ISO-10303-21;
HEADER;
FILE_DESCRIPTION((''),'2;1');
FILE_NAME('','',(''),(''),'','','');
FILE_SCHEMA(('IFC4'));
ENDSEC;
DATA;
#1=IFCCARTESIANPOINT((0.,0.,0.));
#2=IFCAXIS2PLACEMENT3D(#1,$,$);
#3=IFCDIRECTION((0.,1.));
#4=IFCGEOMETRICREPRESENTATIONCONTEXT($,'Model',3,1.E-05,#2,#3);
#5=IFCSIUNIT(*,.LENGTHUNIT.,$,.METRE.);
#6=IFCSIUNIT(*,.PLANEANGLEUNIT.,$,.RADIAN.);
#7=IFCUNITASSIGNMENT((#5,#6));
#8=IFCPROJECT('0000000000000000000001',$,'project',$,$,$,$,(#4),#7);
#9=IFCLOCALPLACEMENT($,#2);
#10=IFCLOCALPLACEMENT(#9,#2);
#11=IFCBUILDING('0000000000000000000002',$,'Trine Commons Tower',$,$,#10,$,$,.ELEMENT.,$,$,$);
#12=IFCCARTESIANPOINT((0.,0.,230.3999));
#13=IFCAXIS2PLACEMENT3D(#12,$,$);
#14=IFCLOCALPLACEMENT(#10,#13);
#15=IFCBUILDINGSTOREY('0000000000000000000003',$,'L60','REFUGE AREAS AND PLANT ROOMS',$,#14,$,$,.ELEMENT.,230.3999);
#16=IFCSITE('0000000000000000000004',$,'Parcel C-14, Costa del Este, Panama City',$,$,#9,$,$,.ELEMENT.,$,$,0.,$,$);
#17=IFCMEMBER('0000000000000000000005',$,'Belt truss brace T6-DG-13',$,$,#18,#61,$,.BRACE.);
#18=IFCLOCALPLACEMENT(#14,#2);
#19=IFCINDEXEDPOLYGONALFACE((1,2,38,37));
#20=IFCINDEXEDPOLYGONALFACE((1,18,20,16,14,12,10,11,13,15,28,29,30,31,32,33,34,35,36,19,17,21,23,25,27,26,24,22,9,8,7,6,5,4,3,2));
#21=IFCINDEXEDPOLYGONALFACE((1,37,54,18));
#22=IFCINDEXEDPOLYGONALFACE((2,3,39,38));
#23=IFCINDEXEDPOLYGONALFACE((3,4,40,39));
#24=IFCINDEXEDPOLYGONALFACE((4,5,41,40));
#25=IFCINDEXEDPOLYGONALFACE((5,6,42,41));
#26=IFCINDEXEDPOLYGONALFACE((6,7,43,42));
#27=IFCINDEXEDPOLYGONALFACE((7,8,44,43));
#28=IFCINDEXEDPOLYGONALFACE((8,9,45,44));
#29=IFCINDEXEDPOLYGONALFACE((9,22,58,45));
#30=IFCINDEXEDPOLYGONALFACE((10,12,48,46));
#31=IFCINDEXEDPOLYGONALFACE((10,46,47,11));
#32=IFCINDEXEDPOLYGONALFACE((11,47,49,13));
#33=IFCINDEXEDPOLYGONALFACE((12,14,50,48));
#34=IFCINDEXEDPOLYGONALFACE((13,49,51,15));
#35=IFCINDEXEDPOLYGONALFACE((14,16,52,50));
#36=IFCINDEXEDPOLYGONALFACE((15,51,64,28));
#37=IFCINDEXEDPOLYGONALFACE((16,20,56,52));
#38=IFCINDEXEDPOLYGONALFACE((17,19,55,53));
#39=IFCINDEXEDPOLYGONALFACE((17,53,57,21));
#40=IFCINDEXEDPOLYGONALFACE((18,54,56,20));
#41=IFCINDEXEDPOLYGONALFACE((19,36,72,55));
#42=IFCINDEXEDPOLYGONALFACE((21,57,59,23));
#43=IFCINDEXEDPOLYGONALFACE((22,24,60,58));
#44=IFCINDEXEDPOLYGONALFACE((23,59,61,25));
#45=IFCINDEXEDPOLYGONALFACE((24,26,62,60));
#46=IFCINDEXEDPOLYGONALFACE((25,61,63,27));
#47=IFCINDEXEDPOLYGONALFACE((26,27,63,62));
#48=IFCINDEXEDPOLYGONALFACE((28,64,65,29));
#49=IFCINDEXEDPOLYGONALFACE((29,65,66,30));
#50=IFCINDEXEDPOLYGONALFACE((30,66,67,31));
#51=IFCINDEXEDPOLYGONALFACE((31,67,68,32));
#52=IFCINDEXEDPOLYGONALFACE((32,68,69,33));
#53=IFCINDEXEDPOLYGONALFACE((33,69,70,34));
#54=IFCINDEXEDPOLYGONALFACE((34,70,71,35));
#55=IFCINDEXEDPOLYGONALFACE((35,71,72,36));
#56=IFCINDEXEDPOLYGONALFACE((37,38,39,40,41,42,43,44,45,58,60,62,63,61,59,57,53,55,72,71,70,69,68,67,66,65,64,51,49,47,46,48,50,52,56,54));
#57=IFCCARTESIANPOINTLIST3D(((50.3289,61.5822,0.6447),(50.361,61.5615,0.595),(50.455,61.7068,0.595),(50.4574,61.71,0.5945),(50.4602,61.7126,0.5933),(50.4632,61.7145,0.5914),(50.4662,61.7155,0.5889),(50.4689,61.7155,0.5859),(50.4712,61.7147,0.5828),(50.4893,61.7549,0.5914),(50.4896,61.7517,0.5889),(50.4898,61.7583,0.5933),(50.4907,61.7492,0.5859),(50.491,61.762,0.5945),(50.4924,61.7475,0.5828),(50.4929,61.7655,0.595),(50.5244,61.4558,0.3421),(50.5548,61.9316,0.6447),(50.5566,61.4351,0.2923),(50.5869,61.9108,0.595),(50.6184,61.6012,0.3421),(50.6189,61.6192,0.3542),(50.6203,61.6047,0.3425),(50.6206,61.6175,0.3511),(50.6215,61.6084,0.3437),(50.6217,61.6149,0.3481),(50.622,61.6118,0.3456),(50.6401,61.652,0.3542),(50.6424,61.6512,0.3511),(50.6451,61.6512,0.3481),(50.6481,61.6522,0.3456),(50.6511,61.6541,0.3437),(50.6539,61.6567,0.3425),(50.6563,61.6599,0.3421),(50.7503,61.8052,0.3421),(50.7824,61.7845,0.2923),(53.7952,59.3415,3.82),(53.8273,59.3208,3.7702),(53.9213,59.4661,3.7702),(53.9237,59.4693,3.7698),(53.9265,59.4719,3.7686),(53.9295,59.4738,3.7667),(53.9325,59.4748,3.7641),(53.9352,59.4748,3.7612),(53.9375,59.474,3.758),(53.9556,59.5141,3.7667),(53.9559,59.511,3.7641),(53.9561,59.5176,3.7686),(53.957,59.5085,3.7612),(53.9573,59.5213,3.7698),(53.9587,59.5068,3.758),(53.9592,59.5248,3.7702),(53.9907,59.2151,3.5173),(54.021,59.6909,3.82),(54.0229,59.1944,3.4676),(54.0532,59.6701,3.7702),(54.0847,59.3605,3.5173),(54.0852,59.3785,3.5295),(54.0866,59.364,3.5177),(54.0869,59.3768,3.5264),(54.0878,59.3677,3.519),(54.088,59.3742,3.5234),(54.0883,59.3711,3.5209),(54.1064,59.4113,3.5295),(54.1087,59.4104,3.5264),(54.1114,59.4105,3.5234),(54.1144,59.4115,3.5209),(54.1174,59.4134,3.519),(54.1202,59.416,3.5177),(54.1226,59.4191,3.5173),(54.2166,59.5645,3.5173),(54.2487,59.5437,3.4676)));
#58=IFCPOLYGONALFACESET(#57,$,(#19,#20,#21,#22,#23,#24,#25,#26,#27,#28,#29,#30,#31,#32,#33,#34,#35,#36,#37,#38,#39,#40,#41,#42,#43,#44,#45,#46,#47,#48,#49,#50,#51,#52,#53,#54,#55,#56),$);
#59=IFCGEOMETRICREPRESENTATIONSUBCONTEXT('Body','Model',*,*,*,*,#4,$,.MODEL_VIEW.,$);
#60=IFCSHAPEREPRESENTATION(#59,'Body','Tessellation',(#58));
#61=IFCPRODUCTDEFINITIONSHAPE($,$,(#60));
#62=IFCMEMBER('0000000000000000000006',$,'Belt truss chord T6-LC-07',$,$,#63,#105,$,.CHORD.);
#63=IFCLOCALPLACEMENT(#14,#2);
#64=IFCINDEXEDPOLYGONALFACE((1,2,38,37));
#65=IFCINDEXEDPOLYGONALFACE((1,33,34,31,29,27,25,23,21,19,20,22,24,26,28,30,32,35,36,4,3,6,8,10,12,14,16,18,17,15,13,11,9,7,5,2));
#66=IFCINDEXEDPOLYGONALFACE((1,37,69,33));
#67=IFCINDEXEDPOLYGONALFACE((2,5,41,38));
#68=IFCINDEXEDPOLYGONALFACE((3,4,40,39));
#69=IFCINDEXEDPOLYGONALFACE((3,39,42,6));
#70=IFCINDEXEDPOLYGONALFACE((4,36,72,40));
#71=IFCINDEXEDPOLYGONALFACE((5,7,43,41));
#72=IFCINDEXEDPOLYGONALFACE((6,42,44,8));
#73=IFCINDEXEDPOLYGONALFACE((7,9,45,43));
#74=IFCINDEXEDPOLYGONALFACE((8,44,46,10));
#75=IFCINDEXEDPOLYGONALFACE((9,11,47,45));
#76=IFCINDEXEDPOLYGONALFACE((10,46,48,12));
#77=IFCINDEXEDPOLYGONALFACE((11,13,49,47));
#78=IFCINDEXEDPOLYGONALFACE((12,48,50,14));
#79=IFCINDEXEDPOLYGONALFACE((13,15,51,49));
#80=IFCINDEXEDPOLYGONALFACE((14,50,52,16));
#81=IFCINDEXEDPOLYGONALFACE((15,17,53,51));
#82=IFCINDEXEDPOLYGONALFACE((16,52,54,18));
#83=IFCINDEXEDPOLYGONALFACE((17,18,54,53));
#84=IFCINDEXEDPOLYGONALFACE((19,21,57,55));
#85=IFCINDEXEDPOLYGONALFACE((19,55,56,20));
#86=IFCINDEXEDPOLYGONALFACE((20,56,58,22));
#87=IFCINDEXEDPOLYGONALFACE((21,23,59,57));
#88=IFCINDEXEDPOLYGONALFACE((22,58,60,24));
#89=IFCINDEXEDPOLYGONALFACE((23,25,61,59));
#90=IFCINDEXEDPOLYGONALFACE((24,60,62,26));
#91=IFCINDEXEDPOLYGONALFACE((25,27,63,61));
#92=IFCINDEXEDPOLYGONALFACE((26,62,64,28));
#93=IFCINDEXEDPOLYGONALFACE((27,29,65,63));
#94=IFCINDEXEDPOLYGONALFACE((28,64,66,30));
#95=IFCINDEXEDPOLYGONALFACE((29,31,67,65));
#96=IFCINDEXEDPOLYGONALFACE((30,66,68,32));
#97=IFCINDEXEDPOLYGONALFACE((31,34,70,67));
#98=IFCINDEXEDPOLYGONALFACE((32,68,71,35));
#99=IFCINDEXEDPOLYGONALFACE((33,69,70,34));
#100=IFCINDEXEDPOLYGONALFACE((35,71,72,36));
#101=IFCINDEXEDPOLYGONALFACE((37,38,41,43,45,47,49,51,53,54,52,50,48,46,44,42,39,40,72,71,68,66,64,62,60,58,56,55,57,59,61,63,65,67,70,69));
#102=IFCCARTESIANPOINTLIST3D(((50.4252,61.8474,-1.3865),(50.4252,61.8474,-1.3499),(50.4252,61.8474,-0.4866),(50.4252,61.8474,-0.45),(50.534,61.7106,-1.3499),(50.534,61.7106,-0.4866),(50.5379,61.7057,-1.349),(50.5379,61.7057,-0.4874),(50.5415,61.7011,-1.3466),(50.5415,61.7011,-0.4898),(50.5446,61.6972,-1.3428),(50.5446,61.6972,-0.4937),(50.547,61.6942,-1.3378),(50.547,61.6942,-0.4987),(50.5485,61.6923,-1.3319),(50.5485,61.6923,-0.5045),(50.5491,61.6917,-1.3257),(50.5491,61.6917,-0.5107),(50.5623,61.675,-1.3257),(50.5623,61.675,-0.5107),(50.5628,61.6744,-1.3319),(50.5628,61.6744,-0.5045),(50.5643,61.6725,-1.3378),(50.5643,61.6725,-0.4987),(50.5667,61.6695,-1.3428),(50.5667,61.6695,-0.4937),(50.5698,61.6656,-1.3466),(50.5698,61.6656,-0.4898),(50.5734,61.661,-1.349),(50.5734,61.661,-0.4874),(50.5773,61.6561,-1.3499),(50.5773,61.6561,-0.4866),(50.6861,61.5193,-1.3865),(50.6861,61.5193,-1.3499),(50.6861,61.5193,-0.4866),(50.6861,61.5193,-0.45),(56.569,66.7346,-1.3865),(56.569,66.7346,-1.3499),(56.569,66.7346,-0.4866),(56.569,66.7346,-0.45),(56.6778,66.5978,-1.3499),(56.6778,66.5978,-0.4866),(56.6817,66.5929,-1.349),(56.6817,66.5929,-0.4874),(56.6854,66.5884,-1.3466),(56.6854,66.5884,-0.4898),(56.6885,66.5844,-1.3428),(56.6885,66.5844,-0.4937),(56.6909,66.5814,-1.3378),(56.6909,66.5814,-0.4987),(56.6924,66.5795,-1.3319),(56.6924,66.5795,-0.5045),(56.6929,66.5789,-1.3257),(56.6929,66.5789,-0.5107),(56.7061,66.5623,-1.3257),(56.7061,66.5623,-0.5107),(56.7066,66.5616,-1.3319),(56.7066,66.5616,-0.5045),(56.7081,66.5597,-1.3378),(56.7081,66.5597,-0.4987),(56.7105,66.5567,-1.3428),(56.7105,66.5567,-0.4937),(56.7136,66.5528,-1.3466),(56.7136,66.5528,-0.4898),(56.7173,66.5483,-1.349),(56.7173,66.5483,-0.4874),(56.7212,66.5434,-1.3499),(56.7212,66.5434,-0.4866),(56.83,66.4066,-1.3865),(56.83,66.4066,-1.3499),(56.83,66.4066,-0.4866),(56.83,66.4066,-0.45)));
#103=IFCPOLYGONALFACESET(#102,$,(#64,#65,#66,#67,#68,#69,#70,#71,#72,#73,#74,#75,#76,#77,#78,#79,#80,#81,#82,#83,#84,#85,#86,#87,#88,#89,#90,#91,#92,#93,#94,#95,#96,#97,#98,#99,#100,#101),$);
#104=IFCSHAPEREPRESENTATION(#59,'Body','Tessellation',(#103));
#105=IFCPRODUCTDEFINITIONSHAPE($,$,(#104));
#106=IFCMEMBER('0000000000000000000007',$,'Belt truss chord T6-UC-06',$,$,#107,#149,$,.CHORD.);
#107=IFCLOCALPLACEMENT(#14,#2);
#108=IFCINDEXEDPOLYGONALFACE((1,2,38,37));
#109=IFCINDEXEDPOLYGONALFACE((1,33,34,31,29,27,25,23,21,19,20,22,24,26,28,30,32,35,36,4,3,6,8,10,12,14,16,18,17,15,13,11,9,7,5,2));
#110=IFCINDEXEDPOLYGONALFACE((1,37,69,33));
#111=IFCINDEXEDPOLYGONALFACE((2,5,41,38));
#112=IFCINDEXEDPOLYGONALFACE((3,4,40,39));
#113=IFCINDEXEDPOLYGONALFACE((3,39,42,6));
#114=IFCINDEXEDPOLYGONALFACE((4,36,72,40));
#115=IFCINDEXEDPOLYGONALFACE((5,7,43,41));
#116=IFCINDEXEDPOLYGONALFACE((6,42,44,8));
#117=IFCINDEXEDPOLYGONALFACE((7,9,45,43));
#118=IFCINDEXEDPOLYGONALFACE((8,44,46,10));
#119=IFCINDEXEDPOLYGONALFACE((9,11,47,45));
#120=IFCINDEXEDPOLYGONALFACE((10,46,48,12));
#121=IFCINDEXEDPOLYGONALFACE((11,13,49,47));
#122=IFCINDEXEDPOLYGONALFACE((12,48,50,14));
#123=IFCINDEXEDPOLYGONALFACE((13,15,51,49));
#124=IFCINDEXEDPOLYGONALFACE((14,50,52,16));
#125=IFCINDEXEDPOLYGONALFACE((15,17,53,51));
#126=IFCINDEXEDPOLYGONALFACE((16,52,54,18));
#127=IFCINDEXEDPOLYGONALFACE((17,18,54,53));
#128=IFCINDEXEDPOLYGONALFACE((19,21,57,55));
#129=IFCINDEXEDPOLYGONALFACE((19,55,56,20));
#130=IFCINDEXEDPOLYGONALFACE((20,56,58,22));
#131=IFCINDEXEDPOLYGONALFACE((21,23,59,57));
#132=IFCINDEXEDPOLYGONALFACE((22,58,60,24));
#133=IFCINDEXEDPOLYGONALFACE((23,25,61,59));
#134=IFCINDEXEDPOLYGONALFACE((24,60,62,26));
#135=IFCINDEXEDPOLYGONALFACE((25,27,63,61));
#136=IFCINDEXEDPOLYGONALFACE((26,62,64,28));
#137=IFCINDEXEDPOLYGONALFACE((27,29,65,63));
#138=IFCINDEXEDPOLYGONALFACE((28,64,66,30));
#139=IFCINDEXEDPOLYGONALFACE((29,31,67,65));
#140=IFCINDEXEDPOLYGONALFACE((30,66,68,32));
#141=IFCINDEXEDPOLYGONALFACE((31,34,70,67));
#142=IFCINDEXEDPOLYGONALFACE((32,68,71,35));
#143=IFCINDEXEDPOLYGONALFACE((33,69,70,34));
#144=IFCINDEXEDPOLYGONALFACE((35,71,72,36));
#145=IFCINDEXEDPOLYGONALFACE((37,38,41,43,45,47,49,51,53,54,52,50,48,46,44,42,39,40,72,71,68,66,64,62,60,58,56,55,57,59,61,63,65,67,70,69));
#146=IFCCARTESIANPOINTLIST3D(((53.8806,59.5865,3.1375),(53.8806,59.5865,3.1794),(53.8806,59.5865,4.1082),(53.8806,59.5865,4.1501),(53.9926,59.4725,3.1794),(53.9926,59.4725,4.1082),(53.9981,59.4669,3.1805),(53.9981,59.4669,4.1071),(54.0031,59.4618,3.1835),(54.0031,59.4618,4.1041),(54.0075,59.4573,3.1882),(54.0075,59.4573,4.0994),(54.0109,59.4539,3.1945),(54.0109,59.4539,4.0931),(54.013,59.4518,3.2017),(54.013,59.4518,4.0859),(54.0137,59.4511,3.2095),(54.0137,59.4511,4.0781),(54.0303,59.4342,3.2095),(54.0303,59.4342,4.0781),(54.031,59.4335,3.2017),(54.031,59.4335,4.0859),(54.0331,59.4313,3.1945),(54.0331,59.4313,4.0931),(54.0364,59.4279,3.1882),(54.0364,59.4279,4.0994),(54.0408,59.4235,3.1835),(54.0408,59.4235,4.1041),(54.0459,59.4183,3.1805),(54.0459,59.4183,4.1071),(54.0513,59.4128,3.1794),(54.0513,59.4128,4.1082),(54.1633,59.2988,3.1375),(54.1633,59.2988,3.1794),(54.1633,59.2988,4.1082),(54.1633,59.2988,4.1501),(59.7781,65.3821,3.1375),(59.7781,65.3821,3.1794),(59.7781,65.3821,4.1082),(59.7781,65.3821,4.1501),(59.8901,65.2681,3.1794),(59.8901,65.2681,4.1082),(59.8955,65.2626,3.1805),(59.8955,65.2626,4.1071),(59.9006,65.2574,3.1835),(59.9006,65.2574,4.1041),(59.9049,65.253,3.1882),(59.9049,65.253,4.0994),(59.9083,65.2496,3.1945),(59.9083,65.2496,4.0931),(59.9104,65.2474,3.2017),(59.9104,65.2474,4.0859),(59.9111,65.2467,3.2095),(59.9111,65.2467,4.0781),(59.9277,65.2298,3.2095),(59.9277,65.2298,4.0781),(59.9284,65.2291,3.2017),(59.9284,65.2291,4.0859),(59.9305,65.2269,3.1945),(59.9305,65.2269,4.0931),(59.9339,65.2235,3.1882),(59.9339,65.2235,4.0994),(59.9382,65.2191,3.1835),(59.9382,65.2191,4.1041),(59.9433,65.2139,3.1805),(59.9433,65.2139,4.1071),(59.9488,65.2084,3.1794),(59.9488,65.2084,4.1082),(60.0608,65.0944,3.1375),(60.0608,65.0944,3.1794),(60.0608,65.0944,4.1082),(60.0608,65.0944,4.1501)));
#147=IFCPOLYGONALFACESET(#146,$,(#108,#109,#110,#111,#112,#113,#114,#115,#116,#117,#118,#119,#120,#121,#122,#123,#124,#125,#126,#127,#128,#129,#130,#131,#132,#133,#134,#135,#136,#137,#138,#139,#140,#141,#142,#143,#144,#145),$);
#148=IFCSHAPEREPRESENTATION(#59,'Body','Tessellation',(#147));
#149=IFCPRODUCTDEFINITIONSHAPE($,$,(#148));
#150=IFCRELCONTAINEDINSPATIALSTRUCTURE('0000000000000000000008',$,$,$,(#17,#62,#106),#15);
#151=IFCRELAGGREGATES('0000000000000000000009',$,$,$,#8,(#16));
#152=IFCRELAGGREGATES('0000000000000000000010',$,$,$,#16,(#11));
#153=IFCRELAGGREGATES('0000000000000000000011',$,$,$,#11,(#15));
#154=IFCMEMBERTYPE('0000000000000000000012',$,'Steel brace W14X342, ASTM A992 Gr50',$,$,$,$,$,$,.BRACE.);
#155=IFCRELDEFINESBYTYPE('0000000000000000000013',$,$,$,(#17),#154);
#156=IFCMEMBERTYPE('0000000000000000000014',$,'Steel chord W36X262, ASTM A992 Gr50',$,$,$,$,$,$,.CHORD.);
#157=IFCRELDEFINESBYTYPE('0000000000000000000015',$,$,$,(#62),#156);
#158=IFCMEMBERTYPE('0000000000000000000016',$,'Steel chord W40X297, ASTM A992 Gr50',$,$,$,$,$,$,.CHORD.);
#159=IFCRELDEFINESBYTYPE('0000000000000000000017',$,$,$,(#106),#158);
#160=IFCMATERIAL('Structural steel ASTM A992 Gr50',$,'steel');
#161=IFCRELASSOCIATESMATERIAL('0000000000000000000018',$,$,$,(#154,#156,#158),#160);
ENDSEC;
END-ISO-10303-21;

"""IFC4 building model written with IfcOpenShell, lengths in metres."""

from ifc_helpers import new_model, si_unit, direction, frame, origin, origin_2d, place, context, subcontext, project, spatial, i_section, extrude, material, material_profile, profile_set, type_object, element, save


model = new_model("IFC4")

# Units and contexts
model_context = context("Model", 3, precision=1e-05, world=origin(), true_north=direction((0.0, 1.0)))
body_context = subcontext(model_context, "Body", "Model", "MODEL_VIEW")
ifc_project = project(units=[si_unit("LENGTHUNIT", "METRE"), si_unit("PLANEANGLEUNIT", "RADIAN")], contexts=[model_context])

# Site, building, storey
site_placement = place(None, origin())
site = spatial("IfcSite", under=ifc_project, at=site_placement, Name="Parcel C-14, Costa del Este, Panama City", CompositionType="ELEMENT", RefElevation=0.0)
building_placement = place(site_placement, origin())
building = spatial("IfcBuilding", under=site, at=building_placement, Name="Trine Commons Tower", CompositionType="ELEMENT")
storey_placement = place(building_placement, frame((0.0, 0.0, 230.3999)))
storey = spatial("IfcBuildingStorey", under=building, at=storey_placement, Name="L60", Description="REFUGE AREAS AND PLANT ROOMS", CompositionType="ELEMENT", Elevation=230.3999)

# Shared definitions
ifc_material_1 = material(Name="Structural steel ASTM A992 Gr50", Category="steel")

# Members
ifc_material_profile_1 = material_profile(ifc_material_1, i_section(OverallWidth=0.416, OverallDepth=0.4446, WebThickness=0.0391, FlangeThickness=0.0627, FilletRadius=0.0154, at=origin_2d()), Name="W14X342")
ifc_profile_set_1 = profile_set([ifc_material_profile_1], Name="Structural steel ASTM A992 Gr50")
member_type_1 = type_object("IfcMemberType", Name="Steel brace W14X342, ASTM A992 Gr50", PredefinedType="BRACE", material=ifc_profile_set_1)
member_1_placement = place(storey_placement, frame((50.5557, 61.6833, 0.4685), z_axis=(0.665631, -0.430283, 0.609747), x_axis=(0.542878, 0.839811, 0.0)))
element("IfcMember", 1, at=member_1_placement, inside=storey, type_object=member_type_1, Name="Belt truss brace T6-DG-13", PredefinedType="BRACE", context=body_context, shape_type="SweptSolid", body=[
    extrude(i_section(OverallWidth=0.416, OverallDepth=0.4446, WebThickness=0.0391, FlangeThickness=0.0627, FilletRadius=0.0154, at=origin_2d()), origin(), (0.0, 0.0, 1.0), 5.2075),
])
ifc_material_profile_2 = material_profile(ifc_material_1, i_section(OverallWidth=0.4192, OverallDepth=0.9365, WebThickness=0.0212, FlangeThickness=0.0366, FilletRadius=0.0242, at=origin_2d()), Name="W36X262")
ifc_profile_set_2 = profile_set([ifc_material_profile_2], Name="Structural steel ASTM A992 Gr50")
member_type_2 = type_object("IfcMemberType", Name="Steel chord W36X262, ASTM A992 Gr50", PredefinedType="CHORD", material=ifc_profile_set_2)
member_2_placement = place(storey_placement, frame((50.5557, 61.6833, -0.9182), z_axis=(0.782595, 0.622531, 0.0), x_axis=(-0.622531, 0.782595, 0.0)))
element("IfcMember", 2, at=member_2_placement, inside=storey, type_object=member_type_2, Name="Belt truss chord T6-LC-07", PredefinedType="CHORD", context=body_context, shape_type="SweptSolid", body=[
    extrude(i_section(OverallWidth=0.4192, OverallDepth=0.9365, WebThickness=0.0212, FlangeThickness=0.0366, FilletRadius=0.0242, at=origin_2d()), origin(), (0.0, 0.0, 1.0), 7.8506),
])
ifc_material_profile_3 = material_profile(ifc_material_1, i_section(OverallWidth=0.4033, OverallDepth=1.0127, WebThickness=0.0237, FlangeThickness=0.042, FilletRadius=0.03, at=origin_2d()), Name="W40X297")
ifc_profile_set_3 = profile_set([ifc_material_profile_3], Name="Structural steel ASTM A992 Gr50")
member_type_3 = type_object("IfcMemberType", Name="Steel chord W40X297, ASTM A992 Gr50", PredefinedType="CHORD", material=ifc_profile_set_3)
member_3_placement = place(storey_placement, frame((54.022, 59.4426, 3.6438), z_axis=(0.713236, 0.700924, 0.0), x_axis=(-0.700924, 0.713236, 0.0)))
element("IfcMember", 3, at=member_3_placement, inside=storey, type_object=member_type_3, Name="Belt truss chord T6-UC-06", PredefinedType="CHORD", context=body_context, shape_type="SweptSolid", body=[
    extrude(i_section(OverallWidth=0.4033, OverallDepth=1.0127, WebThickness=0.0237, FlangeThickness=0.042, FilletRadius=0.03, at=origin_2d()), origin(), (0.0, 0.0, 1.0), 8.2686),
])

save(model, "model.ifc")
